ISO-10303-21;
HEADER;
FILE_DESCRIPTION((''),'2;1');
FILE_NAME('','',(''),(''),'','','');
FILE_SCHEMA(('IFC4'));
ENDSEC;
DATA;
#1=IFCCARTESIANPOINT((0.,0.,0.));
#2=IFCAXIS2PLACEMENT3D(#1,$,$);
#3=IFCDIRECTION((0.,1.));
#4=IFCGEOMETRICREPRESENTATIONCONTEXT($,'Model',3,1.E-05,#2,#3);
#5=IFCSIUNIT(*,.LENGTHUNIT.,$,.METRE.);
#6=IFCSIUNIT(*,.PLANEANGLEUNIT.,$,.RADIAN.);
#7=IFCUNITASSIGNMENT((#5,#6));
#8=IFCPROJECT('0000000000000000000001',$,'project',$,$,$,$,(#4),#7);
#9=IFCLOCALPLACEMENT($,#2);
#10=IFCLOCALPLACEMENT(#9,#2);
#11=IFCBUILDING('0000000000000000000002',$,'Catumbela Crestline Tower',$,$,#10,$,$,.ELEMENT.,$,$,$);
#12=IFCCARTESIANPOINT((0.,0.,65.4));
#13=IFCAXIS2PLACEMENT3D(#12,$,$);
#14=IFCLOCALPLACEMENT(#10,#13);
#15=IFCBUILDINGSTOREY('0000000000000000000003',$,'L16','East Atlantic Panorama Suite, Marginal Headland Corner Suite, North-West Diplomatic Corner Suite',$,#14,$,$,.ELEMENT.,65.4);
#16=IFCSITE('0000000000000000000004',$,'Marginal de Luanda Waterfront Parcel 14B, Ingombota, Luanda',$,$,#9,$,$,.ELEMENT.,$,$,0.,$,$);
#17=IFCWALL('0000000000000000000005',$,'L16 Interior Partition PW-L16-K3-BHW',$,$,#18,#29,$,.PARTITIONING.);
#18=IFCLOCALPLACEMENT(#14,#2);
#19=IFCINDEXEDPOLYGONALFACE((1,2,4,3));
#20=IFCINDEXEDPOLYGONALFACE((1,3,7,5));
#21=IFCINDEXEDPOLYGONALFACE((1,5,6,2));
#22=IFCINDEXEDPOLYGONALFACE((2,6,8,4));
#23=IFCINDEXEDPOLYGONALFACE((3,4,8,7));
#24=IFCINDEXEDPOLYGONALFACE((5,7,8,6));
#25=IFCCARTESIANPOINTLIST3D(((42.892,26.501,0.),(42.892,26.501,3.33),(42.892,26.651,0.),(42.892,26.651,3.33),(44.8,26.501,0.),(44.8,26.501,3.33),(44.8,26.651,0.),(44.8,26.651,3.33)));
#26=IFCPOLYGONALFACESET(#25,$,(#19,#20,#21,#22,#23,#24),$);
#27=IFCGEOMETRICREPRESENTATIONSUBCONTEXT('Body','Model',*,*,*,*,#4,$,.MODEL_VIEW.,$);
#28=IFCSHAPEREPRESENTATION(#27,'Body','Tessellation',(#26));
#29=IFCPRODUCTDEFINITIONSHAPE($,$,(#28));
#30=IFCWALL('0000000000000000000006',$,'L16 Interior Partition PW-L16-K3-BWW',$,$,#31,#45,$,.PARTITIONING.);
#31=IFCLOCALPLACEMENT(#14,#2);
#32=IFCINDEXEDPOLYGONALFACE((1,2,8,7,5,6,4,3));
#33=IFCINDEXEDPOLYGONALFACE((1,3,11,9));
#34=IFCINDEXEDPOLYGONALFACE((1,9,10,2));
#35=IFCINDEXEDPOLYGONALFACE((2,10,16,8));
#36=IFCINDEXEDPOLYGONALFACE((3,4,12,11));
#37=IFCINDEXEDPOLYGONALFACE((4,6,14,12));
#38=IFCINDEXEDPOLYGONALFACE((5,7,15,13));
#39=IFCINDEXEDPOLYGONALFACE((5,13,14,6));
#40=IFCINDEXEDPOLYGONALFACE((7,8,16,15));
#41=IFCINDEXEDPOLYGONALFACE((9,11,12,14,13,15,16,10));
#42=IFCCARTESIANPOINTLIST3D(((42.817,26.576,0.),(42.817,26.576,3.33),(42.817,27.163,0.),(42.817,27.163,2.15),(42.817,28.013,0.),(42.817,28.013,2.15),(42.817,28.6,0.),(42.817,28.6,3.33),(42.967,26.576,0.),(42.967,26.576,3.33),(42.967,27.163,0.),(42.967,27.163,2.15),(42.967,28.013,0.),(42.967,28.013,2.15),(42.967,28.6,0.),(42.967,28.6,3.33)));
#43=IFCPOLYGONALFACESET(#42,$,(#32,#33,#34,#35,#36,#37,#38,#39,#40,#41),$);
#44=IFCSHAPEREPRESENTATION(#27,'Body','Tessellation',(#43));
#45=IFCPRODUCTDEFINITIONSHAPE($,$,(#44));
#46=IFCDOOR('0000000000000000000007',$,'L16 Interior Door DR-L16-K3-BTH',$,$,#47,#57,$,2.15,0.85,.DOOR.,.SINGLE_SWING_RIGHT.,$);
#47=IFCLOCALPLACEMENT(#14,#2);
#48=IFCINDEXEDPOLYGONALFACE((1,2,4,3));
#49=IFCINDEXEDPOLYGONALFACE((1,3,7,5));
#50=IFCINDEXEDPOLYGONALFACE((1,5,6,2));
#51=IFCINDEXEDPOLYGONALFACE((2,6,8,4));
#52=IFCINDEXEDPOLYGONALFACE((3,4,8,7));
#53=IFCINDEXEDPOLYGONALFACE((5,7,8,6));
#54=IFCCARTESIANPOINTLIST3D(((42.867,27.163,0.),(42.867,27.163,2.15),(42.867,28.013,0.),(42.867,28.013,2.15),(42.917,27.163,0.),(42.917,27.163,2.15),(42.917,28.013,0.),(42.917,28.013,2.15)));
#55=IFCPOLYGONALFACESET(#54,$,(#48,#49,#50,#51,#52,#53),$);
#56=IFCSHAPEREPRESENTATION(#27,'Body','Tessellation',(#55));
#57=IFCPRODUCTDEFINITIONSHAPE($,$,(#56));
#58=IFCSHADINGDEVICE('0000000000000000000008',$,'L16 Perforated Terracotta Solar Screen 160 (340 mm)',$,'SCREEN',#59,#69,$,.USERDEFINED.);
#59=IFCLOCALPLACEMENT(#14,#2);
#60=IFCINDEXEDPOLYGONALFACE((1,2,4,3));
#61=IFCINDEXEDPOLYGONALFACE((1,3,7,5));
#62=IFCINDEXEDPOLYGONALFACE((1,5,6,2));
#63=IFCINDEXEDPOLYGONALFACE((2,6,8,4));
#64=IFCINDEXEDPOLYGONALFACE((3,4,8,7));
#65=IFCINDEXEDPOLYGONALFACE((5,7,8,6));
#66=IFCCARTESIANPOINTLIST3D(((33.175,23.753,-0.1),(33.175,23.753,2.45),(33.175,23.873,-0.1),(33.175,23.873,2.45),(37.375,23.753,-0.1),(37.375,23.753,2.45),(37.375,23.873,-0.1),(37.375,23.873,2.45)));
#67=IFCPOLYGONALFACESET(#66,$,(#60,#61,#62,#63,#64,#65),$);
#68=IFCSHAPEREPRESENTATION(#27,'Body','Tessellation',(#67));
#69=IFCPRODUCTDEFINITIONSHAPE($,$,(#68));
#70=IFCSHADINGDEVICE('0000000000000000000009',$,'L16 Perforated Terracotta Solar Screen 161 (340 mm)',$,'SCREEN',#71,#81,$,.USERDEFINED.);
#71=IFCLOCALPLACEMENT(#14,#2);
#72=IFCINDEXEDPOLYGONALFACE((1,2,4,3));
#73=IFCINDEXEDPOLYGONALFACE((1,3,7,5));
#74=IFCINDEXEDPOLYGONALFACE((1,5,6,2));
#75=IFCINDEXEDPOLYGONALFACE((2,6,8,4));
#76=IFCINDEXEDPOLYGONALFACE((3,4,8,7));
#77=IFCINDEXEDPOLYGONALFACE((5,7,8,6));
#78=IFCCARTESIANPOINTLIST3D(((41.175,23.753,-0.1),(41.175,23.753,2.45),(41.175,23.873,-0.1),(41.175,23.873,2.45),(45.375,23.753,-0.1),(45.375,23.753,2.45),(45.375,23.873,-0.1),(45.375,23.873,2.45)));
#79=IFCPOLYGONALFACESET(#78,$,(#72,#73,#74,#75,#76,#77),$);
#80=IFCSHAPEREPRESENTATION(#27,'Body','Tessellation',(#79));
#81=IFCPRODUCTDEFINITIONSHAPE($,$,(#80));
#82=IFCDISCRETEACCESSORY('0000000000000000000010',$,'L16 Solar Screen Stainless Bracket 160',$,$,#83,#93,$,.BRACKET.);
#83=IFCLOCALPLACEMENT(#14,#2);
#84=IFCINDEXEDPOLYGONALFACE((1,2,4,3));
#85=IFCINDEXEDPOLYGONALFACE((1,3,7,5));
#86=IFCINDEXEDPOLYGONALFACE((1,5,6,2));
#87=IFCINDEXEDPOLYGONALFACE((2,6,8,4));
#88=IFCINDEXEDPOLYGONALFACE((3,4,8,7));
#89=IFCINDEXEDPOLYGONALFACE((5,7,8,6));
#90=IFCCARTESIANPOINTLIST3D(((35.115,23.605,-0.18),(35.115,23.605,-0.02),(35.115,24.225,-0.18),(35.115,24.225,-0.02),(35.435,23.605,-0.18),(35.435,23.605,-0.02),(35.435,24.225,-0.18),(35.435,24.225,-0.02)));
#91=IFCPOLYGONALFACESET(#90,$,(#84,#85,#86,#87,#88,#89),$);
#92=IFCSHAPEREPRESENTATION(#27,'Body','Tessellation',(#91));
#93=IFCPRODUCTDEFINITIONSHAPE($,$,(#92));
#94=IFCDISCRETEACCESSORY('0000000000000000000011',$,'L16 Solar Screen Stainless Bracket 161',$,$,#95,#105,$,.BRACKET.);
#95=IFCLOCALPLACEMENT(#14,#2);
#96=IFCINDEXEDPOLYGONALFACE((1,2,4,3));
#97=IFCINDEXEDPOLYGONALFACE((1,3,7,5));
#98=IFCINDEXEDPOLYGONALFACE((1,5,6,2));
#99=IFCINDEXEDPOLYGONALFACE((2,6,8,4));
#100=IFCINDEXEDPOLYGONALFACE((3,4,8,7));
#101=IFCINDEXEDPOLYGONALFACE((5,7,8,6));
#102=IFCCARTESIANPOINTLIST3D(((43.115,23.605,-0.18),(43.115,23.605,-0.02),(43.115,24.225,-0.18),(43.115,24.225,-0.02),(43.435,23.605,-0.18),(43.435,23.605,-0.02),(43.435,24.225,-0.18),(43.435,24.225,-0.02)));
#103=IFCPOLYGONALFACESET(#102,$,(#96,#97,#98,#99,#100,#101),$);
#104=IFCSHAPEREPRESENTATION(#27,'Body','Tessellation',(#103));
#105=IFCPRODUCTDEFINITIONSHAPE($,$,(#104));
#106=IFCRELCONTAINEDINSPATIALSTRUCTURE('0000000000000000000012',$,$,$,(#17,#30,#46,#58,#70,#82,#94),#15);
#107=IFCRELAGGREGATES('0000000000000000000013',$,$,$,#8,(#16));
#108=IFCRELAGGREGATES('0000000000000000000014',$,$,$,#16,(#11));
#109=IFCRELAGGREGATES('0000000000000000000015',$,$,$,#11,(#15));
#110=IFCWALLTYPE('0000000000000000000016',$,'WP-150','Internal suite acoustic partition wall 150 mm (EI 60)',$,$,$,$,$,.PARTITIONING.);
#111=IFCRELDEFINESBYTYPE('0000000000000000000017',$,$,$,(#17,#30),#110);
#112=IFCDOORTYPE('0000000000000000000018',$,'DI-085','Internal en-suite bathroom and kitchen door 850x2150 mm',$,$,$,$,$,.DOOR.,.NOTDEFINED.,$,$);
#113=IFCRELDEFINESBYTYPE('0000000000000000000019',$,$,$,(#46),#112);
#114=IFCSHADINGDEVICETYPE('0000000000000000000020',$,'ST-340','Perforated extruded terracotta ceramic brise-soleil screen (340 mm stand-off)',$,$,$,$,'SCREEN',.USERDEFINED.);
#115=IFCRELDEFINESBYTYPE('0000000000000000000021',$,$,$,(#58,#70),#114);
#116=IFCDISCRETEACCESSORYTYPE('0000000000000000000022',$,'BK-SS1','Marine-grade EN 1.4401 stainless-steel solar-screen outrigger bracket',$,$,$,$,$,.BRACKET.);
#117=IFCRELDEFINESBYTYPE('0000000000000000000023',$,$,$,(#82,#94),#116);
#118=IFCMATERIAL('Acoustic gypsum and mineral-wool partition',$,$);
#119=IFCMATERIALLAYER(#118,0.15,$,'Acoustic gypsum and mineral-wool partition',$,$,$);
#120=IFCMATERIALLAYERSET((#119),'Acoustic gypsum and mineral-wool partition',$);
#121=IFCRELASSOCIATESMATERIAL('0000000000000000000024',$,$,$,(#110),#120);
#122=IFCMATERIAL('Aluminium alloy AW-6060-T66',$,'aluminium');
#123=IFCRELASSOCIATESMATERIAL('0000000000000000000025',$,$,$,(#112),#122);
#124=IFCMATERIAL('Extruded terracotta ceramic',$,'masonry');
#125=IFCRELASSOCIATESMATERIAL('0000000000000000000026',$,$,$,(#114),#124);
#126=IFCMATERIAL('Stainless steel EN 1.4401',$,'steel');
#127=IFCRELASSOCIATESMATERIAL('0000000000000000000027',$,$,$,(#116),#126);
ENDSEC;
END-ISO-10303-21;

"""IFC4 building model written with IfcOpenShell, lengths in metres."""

from ifc_helpers import new_model, si_unit, direction, frame, frame_2d, origin, origin_2d, place, context, subcontext, project, spatial, rectangle, extrude, material, layer, layer_set, type_object, element, fill, save


model = new_model("IFC4")

# Units and contexts
model_context = context("Model", 3, precision=1e-05, world=origin(), true_north=direction((0.0, 1.0)))
body_context = subcontext(model_context, "Body", "Model", "MODEL_VIEW")
ifc_project = project(units=[si_unit("LENGTHUNIT", "METRE"), si_unit("PLANEANGLEUNIT", "RADIAN")], contexts=[model_context])

# Site, building, storey
site_placement = place(None, origin())
site = spatial("IfcSite", under=ifc_project, at=site_placement, Name="Marginal de Luanda Waterfront Parcel 14B, Ingombota, Luanda", CompositionType="ELEMENT", RefElevation=0.0)
building_placement = place(site_placement, origin())
building = spatial("IfcBuilding", under=site, at=building_placement, Name="Catumbela Crestline Tower", CompositionType="ELEMENT")
storey_placement = place(building_placement, frame((0.0, 0.0, 65.4)))
storey = spatial("IfcBuildingStorey", under=building, at=storey_placement, Name="L16", Description="East Atlantic Panorama Suite, Marginal Headland Corner Suite, North-West Diplomatic Corner Suite", CompositionType="ELEMENT", Elevation=65.4)

# Shared definitions
ifc_material_1 = material(Name="Aluminium alloy AW-6060-T66", Category="aluminium")

# Shared definitions
ifc_material_2 = material(Name="Acoustic gypsum and mineral-wool partition")
ifc_layer_1 = layer(ifc_material_2, 0.15, Name="Acoustic gypsum and mineral-wool partition")
ifc_layer_set_1 = layer_set([ifc_layer_1], Name="Acoustic gypsum and mineral-wool partition")
wall_type_1 = type_object("IfcWallType", Name="WP-150", Description="Internal suite acoustic partition wall 150 mm (EI 60)", PredefinedType="PARTITIONING", material=ifc_layer_set_1)

# Shared definitions
door_type = type_object("IfcDoorType", Name="DI-085", Description="Internal en-suite bathroom and kitchen door 850x2150 mm", OperationType="NOTDEFINED", PredefinedType="DOOR", material=ifc_material_1)

# Wall
wall_1_placement = place(storey_placement, frame((42.892, 26.576, 0.0), z_axis=(0.0, 0.0, 1.0), x_axis=(1.0, 0.0, 0.0)))
element("IfcWall", 1, at=wall_1_placement, inside=storey, type_object=wall_type_1, Name="L16 Interior Partition PW-L16-K3-BHW", PredefinedType="PARTITIONING", context=body_context, shape_type="SweptSolid", body=[
    extrude(rectangle(XDim=1.908, YDim=0.15, at=frame_2d((0.954, 0.0))), origin(), (0.0, 0.0, 1.0), 3.33),
])

# Wall, opening, door
wall_2_placement = place(storey_placement, frame((42.892, 26.576, 0.0), z_axis=(0.0, 0.0, 1.0), x_axis=(0.0, 1.0, 0.0)))
wall_2 = element("IfcWall", 2, at=wall_2_placement, inside=storey, type_object=wall_type_1, Name="L16 Interior Partition PW-L16-K3-BWW", PredefinedType="PARTITIONING", context=body_context, shape_type="SweptSolid", body=[
    extrude(rectangle(XDim=2.024, YDim=0.15, at=frame_2d((1.012, 0.0))), origin(), (0.0, 0.0, 1.0), 3.33),
])
opening_1_placement = place(wall_2_placement, frame((0.587, 0.0, 0.0)))
opening_1 = element("IfcOpeningElement", 3, at=opening_1_placement, cuts=wall_2, PredefinedType="OPENING", context=body_context, shape_type="SweptSolid", body=[
    extrude(rectangle(XDim=0.85, YDim=2.15, at=frame_2d((0.425, 1.075))), frame((0.0, 0.085, 0.0), z_axis=(0.0, -1.0, 0.0), x_axis=(1.0, 0.0, 0.0)), (0.0, 0.0, 1.0), 0.17),
])
door_1_placement = place(opening_1_placement, origin())
door_1 = element("IfcDoor", 4, at=door_1_placement, inside=storey, type_object=door_type, Name="L16 Interior Door DR-L16-K3-BTH", OperationType="SINGLE_SWING_RIGHT", OverallHeight=2.15, OverallWidth=0.85, PredefinedType="DOOR", context=body_context, shape_type="SweptSolid", body=[
    extrude(rectangle(XDim=0.85, YDim=2.15, at=frame_2d((0.425, 1.075))), frame((0.0, 0.025, 0.0), z_axis=(0.0, -1.0, 0.0), x_axis=(1.0, 0.0, 0.0)), (0.0, 0.0, 1.0), 0.05),
])
fill(opening_1, door_1)

# Shading devices
ifc_material_3 = material(Name="Extruded terracotta ceramic", Category="masonry")
shading_device_type = type_object("IfcShadingDeviceType", Name="ST-340", Description="Perforated extruded terracotta ceramic brise-soleil screen (340 mm stand-off)", ElementType="SCREEN", PredefinedType="USERDEFINED", material=ifc_material_3)
for number, where, z_axis, x_axis, name in (
    (5, (35.275, 23.813, -0.1), (0.0, 0.0, 1.0), (1.0, 0.0, 0.0), "L16 Perforated Terracotta Solar Screen 160 (340 mm)"),
    (6, (43.275, 23.813, -0.1), (0.0, 0.0, 1.0), (1.0, 0.0, 0.0), "L16 Perforated Terracotta Solar Screen 161 (340 mm)"),
):
    element("IfcShadingDevice", number, at=place(storey_placement, frame(where, z_axis=z_axis, x_axis=x_axis)), inside=storey, type_object=shading_device_type, Name=name, ObjectType="SCREEN", PredefinedType="USERDEFINED", context=body_context, shape_type="SweptSolid", body=[
        extrude(rectangle(XDim=4.2, YDim=0.12, at=origin_2d()), origin(), (0.0, 0.0, 1.0), 2.55),
    ])

# Discrete accessories
ifc_material_4 = material(Name="Stainless steel EN 1.4401", Category="steel")
discrete_accessory_type = type_object("IfcDiscreteAccessoryType", Name="BK-SS1", Description="Marine-grade EN 1.4401 stainless-steel solar-screen outrigger bracket", PredefinedType="BRACKET", material=ifc_material_4)
for number, where, z_axis, x_axis, name in (
    (7, (35.275, 23.915, -0.18), (0.0, 0.0, 1.0), (1.0, 0.0, 0.0), "L16 Solar Screen Stainless Bracket 160"),
    (8, (43.275, 23.915, -0.18), (0.0, 0.0, 1.0), (1.0, 0.0, 0.0), "L16 Solar Screen Stainless Bracket 161"),
):
    element("IfcDiscreteAccessory", number, at=place(storey_placement, frame(where, z_axis=z_axis, x_axis=x_axis)), inside=storey, type_object=discrete_accessory_type, Name=name, PredefinedType="BRACKET", context=body_context, shape_type="SweptSolid", body=[
        extrude(rectangle(XDim=0.32, YDim=0.62, at=origin_2d()), origin(), (0.0, 0.0, 1.0), 0.16),
    ])

save(model, "model.ifc")
